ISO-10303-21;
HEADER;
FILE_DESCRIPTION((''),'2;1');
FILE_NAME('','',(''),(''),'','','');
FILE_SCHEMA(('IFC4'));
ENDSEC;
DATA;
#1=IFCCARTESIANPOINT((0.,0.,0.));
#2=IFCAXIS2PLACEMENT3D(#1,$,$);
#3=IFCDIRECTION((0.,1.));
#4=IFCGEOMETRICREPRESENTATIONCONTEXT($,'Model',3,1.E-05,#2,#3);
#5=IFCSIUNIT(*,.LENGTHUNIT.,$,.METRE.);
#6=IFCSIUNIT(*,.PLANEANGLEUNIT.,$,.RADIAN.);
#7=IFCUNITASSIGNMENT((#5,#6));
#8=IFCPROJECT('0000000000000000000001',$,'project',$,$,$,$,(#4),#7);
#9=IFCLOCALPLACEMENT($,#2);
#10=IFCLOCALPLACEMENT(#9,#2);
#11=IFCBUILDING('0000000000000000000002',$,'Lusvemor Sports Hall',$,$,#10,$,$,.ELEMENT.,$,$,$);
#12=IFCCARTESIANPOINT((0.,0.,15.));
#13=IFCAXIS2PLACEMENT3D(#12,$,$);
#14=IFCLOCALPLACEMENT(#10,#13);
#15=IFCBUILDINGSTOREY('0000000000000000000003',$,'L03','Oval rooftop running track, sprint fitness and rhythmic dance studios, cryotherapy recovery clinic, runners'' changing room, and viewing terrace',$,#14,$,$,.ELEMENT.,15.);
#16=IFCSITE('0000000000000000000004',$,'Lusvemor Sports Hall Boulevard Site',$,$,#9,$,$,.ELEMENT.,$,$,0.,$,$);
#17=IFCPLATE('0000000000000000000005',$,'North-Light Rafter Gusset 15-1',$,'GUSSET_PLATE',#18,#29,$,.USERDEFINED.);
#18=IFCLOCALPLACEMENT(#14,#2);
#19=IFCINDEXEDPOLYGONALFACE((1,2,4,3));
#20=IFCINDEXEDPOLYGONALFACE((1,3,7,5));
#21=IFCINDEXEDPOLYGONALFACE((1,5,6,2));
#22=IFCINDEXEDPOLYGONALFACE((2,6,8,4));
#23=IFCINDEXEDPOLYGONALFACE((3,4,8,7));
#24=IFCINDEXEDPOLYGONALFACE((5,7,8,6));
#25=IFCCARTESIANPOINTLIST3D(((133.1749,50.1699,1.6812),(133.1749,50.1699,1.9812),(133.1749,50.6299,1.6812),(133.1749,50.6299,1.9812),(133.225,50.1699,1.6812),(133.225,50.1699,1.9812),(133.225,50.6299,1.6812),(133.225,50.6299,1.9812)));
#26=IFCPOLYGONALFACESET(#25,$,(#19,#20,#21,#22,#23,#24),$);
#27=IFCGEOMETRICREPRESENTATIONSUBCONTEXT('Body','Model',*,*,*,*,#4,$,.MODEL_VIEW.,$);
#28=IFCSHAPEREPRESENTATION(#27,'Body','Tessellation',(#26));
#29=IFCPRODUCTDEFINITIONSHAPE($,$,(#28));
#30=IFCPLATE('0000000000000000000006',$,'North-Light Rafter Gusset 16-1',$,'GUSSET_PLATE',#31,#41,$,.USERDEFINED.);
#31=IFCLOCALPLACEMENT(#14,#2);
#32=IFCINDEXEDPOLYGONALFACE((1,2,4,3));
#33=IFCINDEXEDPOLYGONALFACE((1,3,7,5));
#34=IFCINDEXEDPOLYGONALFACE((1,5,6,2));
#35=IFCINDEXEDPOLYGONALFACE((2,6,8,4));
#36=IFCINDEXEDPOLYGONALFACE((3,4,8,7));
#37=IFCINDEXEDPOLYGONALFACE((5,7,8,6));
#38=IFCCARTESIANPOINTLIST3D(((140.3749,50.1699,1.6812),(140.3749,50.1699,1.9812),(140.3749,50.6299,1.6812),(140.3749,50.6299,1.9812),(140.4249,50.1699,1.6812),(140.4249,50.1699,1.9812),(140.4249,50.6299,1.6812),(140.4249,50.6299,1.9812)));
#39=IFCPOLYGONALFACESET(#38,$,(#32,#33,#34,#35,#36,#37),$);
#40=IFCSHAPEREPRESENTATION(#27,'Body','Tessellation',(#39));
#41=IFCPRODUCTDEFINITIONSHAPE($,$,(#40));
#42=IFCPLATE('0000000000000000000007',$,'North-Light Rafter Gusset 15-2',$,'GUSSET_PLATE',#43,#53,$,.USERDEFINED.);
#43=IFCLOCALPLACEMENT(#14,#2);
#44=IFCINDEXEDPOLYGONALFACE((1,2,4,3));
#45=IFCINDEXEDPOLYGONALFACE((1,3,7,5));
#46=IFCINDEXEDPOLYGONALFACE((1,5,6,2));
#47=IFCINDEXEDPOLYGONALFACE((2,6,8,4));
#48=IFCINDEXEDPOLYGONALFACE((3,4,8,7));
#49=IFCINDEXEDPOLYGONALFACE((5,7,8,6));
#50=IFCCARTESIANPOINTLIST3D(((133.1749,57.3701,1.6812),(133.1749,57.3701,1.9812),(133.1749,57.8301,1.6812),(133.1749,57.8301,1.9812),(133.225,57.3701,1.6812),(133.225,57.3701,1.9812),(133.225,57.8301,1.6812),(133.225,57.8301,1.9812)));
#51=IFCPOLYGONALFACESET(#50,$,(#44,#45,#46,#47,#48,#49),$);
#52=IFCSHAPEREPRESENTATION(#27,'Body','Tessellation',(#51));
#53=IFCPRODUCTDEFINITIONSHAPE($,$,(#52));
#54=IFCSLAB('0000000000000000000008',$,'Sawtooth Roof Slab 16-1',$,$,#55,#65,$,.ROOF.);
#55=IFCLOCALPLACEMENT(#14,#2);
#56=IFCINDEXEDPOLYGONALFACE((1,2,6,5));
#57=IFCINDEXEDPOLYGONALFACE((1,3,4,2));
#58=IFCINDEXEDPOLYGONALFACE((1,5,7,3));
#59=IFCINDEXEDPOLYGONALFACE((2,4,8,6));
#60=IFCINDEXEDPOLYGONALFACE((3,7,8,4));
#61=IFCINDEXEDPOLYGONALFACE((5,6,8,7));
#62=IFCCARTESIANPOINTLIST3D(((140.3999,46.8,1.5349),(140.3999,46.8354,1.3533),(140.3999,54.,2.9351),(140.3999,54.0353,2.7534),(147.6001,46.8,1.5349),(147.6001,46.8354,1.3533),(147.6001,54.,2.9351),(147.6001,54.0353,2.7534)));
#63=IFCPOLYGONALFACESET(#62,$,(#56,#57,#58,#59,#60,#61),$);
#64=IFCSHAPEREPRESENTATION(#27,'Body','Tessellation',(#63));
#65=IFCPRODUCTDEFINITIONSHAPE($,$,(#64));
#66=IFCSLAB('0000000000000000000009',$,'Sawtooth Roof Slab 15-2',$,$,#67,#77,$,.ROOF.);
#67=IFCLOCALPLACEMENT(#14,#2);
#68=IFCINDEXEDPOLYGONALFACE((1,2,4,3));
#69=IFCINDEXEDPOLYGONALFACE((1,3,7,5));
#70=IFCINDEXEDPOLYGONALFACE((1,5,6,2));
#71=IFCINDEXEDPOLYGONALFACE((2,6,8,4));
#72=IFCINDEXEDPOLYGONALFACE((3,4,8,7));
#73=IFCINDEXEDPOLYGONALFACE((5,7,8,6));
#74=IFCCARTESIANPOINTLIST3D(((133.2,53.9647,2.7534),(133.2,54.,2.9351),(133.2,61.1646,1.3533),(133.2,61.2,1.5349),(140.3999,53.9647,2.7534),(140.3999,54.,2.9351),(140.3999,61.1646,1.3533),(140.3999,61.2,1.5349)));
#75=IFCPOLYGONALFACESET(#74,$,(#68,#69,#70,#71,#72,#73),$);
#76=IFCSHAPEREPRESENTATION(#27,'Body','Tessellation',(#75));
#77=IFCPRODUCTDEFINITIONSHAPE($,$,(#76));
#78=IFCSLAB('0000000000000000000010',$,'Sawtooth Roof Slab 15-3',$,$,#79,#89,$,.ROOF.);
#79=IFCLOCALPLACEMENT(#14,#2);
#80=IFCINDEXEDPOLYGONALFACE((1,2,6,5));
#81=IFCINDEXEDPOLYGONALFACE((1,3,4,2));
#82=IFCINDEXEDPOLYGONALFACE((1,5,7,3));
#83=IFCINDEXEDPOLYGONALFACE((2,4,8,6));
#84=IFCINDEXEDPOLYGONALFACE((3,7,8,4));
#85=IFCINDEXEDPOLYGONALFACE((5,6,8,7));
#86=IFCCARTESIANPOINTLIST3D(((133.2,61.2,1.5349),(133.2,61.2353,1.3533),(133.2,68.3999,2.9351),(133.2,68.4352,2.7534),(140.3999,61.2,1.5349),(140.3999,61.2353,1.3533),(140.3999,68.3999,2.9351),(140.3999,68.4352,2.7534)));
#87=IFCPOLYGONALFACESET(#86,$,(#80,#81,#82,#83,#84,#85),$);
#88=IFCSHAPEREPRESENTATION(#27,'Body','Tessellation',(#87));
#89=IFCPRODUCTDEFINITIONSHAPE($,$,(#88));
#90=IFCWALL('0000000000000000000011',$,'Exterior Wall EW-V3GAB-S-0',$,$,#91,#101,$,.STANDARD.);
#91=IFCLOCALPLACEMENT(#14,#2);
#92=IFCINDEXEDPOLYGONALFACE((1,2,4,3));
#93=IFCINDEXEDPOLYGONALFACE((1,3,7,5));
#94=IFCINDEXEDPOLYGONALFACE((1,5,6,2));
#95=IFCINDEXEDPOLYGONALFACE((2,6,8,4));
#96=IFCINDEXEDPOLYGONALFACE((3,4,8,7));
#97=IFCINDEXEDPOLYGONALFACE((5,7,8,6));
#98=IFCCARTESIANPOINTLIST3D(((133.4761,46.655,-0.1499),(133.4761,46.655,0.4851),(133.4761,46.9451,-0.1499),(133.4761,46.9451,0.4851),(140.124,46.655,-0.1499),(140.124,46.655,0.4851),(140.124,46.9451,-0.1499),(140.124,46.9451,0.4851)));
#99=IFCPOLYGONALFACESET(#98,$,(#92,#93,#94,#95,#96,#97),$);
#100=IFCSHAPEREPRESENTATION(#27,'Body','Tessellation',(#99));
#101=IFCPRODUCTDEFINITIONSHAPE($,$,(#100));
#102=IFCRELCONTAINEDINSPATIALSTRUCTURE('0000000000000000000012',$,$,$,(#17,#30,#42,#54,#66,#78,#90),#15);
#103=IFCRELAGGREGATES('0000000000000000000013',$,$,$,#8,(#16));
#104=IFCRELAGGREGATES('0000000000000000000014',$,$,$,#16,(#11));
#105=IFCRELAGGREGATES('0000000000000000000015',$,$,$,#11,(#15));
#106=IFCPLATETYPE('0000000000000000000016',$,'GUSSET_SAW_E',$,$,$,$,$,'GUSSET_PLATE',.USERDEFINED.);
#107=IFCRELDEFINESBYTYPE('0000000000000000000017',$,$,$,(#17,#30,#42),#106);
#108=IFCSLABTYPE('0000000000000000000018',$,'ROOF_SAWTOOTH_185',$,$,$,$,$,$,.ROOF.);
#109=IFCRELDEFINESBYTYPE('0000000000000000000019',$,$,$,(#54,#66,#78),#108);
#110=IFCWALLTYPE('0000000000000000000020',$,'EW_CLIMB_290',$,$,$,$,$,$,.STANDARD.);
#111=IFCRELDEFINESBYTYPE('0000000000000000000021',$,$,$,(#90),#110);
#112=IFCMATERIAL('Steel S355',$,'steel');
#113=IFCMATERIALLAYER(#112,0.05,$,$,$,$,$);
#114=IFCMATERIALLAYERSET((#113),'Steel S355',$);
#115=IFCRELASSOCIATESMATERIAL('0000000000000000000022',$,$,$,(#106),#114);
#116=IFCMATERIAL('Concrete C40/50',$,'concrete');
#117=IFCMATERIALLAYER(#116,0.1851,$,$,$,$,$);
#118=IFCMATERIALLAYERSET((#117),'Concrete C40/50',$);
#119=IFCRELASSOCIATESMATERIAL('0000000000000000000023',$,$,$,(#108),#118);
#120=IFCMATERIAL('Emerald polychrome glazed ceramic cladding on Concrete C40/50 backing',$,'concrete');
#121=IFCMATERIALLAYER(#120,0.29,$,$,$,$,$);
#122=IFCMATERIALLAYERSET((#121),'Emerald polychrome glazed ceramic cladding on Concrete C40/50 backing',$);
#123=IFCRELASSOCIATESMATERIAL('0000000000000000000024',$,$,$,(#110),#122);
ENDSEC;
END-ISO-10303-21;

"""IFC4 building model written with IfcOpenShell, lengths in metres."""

from ifc_helpers import new_model, si_unit, direction, frame, frame_2d, origin, origin_2d, place, context, subcontext, project, spatial, polyline, rectangle, outline, extrude, material, layer, layer_set, type_object, element, save


model = new_model("IFC4")

# Units and contexts
model_context = context("Model", 3, precision=1e-05, world=origin(), true_north=direction((0.0, 1.0)))
body_context = subcontext(model_context, "Body", "Model", "MODEL_VIEW")
ifc_project = project(units=[si_unit("LENGTHUNIT", "METRE"), si_unit("PLANEANGLEUNIT", "RADIAN")], contexts=[model_context])

# Site, building, storey
site_placement = place(None, origin())
site = spatial("IfcSite", under=ifc_project, at=site_placement, Name="Lusvemor Sports Hall Boulevard Site", CompositionType="ELEMENT", RefElevation=0.0)
building_placement = place(site_placement, origin())
building = spatial("IfcBuilding", under=site, at=building_placement, Name="Lusvemor Sports Hall", CompositionType="ELEMENT")
storey_placement = place(building_placement, frame((0.0, 0.0, 15.0)))
storey = spatial("IfcBuildingStorey", under=building, at=storey_placement, Name="L03", Description="Oval rooftop running track, sprint fitness and rhythmic dance studios, cryotherapy recovery clinic, runners' changing room, and viewing terrace", CompositionType="ELEMENT", Elevation=15.0)

# Plates
ifc_material_1 = material(Name="Steel S355", Category="steel")
ifc_layer_1 = layer(ifc_material_1, 0.05)
ifc_layer_set_1 = layer_set([ifc_layer_1], Name="Steel S355")
plate_type_1 = type_object("IfcPlateType", Name="GUSSET_SAW_E", ElementType="GUSSET_PLATE", PredefinedType="USERDEFINED", material=ifc_layer_set_1)
for number, where, z_axis, x_axis, name in (
    (1, (133.2, 50.3999, 1.6812), (0.0, 0.0, 1.0), (1.0, 0.0, 0.0), "North-Light Rafter Gusset 15-1"),
    (2, (140.3999, 50.3999, 1.6812), (0.0, 0.0, 1.0), (1.0, 0.0, 0.0), "North-Light Rafter Gusset 16-1"),
    (3, (133.2, 57.6001, 1.6812), (0.0, 0.0, 1.0), (1.0, 0.0, 0.0), "North-Light Rafter Gusset 15-2"),
):
    element("IfcPlate", number, at=place(storey_placement, frame(where, z_axis=z_axis, x_axis=x_axis)), inside=storey, type_object=plate_type_1, Name=name, ObjectType="GUSSET_PLATE", PredefinedType="USERDEFINED", context=body_context, shape_type="SweptSolid", body=[
        extrude(rectangle(XDim=0.05, YDim=0.46, at=origin_2d()), origin(), (0.0, 0.0, 1.0), 0.3),
    ])

# Slabs
ifc_material_2 = material(Name="Concrete C40/50", Category="concrete")
ifc_layer_2 = layer(ifc_material_2, 0.1851)
ifc_layer_set_2 = layer_set([ifc_layer_2], Name="Concrete C40/50")
slab_type = type_object("IfcSlabType", Name="ROOF_SAWTOOTH_185", PredefinedType="ROOF", material=ifc_layer_set_2)
slab_placement = place(storey_placement, frame((140.3999, 46.8, 1.5349), z_axis=(0.0, -0.19089, 0.981611), x_axis=(1.0, 0.0, 0.0)))
element("IfcSlab", 4, at=slab_placement, inside=storey, type_object=slab_type, Name="Sawtooth Roof Slab 16-1", PredefinedType="ROOF", context=body_context, shape_type="SweptSolid", body=[
    extrude(outline(polyline([(0.0, 0.0), (7.2002, 0.0), (7.2002, 7.3348), (0.0, 7.3348), (0.0, 0.0)])), origin(), (0.0, 0.0, -1.0), 0.1851),
])
for number, where, z_axis, x_axis, name in (
    (5, (133.2, 54.0, 2.9351), (0.0, 0.19089, 0.981611), (1.0, 0.0, 0.0), "Sawtooth Roof Slab 15-2"),
    (6, (133.2, 61.2, 1.5349), (0.0, -0.19089, 0.981611), (1.0, 0.0, 0.0), "Sawtooth Roof Slab 15-3"),
):
    element("IfcSlab", number, at=place(storey_placement, frame(where, z_axis=z_axis, x_axis=x_axis)), inside=storey, type_object=slab_type, Name=name, PredefinedType="ROOF", context=body_context, shape_type="SweptSolid", body=[
        extrude(outline(polyline([(0.0, 0.0), (7.2, 0.0), (7.2, 7.3348), (0.0, 7.3348), (0.0, 0.0)])), origin(), (0.0, 0.0, -1.0), 0.1851),
    ])

# Wall
ifc_material_3 = material(Name="Emerald polychrome glazed ceramic cladding on Concrete C40/50 backing", Category="concrete")
ifc_layer_3 = layer(ifc_material_3, 0.29)
ifc_layer_set_3 = layer_set([ifc_layer_3], Name="Emerald polychrome glazed ceramic cladding on Concrete C40/50 backing")
wall_type = type_object("IfcWallType", Name="EW_CLIMB_290", PredefinedType="STANDARD", material=ifc_layer_set_3)
wall_placement = place(storey_placement, frame((140.124, 46.8, -0.1499), z_axis=(0.0, 0.0, 1.0), x_axis=(-1.0, 0.0, 0.0)))
element("IfcWall", 7, at=wall_placement, inside=storey, type_object=wall_type, Name="Exterior Wall EW-V3GAB-S-0", PredefinedType="STANDARD", context=body_context, shape_type="SweptSolid", body=[
    extrude(rectangle(XDim=6.6479, YDim=0.29, at=frame_2d((3.324, 0.0))), origin(), (0.0, 0.0, 1.0), 0.635),
])

save(model, "model.ifc")
